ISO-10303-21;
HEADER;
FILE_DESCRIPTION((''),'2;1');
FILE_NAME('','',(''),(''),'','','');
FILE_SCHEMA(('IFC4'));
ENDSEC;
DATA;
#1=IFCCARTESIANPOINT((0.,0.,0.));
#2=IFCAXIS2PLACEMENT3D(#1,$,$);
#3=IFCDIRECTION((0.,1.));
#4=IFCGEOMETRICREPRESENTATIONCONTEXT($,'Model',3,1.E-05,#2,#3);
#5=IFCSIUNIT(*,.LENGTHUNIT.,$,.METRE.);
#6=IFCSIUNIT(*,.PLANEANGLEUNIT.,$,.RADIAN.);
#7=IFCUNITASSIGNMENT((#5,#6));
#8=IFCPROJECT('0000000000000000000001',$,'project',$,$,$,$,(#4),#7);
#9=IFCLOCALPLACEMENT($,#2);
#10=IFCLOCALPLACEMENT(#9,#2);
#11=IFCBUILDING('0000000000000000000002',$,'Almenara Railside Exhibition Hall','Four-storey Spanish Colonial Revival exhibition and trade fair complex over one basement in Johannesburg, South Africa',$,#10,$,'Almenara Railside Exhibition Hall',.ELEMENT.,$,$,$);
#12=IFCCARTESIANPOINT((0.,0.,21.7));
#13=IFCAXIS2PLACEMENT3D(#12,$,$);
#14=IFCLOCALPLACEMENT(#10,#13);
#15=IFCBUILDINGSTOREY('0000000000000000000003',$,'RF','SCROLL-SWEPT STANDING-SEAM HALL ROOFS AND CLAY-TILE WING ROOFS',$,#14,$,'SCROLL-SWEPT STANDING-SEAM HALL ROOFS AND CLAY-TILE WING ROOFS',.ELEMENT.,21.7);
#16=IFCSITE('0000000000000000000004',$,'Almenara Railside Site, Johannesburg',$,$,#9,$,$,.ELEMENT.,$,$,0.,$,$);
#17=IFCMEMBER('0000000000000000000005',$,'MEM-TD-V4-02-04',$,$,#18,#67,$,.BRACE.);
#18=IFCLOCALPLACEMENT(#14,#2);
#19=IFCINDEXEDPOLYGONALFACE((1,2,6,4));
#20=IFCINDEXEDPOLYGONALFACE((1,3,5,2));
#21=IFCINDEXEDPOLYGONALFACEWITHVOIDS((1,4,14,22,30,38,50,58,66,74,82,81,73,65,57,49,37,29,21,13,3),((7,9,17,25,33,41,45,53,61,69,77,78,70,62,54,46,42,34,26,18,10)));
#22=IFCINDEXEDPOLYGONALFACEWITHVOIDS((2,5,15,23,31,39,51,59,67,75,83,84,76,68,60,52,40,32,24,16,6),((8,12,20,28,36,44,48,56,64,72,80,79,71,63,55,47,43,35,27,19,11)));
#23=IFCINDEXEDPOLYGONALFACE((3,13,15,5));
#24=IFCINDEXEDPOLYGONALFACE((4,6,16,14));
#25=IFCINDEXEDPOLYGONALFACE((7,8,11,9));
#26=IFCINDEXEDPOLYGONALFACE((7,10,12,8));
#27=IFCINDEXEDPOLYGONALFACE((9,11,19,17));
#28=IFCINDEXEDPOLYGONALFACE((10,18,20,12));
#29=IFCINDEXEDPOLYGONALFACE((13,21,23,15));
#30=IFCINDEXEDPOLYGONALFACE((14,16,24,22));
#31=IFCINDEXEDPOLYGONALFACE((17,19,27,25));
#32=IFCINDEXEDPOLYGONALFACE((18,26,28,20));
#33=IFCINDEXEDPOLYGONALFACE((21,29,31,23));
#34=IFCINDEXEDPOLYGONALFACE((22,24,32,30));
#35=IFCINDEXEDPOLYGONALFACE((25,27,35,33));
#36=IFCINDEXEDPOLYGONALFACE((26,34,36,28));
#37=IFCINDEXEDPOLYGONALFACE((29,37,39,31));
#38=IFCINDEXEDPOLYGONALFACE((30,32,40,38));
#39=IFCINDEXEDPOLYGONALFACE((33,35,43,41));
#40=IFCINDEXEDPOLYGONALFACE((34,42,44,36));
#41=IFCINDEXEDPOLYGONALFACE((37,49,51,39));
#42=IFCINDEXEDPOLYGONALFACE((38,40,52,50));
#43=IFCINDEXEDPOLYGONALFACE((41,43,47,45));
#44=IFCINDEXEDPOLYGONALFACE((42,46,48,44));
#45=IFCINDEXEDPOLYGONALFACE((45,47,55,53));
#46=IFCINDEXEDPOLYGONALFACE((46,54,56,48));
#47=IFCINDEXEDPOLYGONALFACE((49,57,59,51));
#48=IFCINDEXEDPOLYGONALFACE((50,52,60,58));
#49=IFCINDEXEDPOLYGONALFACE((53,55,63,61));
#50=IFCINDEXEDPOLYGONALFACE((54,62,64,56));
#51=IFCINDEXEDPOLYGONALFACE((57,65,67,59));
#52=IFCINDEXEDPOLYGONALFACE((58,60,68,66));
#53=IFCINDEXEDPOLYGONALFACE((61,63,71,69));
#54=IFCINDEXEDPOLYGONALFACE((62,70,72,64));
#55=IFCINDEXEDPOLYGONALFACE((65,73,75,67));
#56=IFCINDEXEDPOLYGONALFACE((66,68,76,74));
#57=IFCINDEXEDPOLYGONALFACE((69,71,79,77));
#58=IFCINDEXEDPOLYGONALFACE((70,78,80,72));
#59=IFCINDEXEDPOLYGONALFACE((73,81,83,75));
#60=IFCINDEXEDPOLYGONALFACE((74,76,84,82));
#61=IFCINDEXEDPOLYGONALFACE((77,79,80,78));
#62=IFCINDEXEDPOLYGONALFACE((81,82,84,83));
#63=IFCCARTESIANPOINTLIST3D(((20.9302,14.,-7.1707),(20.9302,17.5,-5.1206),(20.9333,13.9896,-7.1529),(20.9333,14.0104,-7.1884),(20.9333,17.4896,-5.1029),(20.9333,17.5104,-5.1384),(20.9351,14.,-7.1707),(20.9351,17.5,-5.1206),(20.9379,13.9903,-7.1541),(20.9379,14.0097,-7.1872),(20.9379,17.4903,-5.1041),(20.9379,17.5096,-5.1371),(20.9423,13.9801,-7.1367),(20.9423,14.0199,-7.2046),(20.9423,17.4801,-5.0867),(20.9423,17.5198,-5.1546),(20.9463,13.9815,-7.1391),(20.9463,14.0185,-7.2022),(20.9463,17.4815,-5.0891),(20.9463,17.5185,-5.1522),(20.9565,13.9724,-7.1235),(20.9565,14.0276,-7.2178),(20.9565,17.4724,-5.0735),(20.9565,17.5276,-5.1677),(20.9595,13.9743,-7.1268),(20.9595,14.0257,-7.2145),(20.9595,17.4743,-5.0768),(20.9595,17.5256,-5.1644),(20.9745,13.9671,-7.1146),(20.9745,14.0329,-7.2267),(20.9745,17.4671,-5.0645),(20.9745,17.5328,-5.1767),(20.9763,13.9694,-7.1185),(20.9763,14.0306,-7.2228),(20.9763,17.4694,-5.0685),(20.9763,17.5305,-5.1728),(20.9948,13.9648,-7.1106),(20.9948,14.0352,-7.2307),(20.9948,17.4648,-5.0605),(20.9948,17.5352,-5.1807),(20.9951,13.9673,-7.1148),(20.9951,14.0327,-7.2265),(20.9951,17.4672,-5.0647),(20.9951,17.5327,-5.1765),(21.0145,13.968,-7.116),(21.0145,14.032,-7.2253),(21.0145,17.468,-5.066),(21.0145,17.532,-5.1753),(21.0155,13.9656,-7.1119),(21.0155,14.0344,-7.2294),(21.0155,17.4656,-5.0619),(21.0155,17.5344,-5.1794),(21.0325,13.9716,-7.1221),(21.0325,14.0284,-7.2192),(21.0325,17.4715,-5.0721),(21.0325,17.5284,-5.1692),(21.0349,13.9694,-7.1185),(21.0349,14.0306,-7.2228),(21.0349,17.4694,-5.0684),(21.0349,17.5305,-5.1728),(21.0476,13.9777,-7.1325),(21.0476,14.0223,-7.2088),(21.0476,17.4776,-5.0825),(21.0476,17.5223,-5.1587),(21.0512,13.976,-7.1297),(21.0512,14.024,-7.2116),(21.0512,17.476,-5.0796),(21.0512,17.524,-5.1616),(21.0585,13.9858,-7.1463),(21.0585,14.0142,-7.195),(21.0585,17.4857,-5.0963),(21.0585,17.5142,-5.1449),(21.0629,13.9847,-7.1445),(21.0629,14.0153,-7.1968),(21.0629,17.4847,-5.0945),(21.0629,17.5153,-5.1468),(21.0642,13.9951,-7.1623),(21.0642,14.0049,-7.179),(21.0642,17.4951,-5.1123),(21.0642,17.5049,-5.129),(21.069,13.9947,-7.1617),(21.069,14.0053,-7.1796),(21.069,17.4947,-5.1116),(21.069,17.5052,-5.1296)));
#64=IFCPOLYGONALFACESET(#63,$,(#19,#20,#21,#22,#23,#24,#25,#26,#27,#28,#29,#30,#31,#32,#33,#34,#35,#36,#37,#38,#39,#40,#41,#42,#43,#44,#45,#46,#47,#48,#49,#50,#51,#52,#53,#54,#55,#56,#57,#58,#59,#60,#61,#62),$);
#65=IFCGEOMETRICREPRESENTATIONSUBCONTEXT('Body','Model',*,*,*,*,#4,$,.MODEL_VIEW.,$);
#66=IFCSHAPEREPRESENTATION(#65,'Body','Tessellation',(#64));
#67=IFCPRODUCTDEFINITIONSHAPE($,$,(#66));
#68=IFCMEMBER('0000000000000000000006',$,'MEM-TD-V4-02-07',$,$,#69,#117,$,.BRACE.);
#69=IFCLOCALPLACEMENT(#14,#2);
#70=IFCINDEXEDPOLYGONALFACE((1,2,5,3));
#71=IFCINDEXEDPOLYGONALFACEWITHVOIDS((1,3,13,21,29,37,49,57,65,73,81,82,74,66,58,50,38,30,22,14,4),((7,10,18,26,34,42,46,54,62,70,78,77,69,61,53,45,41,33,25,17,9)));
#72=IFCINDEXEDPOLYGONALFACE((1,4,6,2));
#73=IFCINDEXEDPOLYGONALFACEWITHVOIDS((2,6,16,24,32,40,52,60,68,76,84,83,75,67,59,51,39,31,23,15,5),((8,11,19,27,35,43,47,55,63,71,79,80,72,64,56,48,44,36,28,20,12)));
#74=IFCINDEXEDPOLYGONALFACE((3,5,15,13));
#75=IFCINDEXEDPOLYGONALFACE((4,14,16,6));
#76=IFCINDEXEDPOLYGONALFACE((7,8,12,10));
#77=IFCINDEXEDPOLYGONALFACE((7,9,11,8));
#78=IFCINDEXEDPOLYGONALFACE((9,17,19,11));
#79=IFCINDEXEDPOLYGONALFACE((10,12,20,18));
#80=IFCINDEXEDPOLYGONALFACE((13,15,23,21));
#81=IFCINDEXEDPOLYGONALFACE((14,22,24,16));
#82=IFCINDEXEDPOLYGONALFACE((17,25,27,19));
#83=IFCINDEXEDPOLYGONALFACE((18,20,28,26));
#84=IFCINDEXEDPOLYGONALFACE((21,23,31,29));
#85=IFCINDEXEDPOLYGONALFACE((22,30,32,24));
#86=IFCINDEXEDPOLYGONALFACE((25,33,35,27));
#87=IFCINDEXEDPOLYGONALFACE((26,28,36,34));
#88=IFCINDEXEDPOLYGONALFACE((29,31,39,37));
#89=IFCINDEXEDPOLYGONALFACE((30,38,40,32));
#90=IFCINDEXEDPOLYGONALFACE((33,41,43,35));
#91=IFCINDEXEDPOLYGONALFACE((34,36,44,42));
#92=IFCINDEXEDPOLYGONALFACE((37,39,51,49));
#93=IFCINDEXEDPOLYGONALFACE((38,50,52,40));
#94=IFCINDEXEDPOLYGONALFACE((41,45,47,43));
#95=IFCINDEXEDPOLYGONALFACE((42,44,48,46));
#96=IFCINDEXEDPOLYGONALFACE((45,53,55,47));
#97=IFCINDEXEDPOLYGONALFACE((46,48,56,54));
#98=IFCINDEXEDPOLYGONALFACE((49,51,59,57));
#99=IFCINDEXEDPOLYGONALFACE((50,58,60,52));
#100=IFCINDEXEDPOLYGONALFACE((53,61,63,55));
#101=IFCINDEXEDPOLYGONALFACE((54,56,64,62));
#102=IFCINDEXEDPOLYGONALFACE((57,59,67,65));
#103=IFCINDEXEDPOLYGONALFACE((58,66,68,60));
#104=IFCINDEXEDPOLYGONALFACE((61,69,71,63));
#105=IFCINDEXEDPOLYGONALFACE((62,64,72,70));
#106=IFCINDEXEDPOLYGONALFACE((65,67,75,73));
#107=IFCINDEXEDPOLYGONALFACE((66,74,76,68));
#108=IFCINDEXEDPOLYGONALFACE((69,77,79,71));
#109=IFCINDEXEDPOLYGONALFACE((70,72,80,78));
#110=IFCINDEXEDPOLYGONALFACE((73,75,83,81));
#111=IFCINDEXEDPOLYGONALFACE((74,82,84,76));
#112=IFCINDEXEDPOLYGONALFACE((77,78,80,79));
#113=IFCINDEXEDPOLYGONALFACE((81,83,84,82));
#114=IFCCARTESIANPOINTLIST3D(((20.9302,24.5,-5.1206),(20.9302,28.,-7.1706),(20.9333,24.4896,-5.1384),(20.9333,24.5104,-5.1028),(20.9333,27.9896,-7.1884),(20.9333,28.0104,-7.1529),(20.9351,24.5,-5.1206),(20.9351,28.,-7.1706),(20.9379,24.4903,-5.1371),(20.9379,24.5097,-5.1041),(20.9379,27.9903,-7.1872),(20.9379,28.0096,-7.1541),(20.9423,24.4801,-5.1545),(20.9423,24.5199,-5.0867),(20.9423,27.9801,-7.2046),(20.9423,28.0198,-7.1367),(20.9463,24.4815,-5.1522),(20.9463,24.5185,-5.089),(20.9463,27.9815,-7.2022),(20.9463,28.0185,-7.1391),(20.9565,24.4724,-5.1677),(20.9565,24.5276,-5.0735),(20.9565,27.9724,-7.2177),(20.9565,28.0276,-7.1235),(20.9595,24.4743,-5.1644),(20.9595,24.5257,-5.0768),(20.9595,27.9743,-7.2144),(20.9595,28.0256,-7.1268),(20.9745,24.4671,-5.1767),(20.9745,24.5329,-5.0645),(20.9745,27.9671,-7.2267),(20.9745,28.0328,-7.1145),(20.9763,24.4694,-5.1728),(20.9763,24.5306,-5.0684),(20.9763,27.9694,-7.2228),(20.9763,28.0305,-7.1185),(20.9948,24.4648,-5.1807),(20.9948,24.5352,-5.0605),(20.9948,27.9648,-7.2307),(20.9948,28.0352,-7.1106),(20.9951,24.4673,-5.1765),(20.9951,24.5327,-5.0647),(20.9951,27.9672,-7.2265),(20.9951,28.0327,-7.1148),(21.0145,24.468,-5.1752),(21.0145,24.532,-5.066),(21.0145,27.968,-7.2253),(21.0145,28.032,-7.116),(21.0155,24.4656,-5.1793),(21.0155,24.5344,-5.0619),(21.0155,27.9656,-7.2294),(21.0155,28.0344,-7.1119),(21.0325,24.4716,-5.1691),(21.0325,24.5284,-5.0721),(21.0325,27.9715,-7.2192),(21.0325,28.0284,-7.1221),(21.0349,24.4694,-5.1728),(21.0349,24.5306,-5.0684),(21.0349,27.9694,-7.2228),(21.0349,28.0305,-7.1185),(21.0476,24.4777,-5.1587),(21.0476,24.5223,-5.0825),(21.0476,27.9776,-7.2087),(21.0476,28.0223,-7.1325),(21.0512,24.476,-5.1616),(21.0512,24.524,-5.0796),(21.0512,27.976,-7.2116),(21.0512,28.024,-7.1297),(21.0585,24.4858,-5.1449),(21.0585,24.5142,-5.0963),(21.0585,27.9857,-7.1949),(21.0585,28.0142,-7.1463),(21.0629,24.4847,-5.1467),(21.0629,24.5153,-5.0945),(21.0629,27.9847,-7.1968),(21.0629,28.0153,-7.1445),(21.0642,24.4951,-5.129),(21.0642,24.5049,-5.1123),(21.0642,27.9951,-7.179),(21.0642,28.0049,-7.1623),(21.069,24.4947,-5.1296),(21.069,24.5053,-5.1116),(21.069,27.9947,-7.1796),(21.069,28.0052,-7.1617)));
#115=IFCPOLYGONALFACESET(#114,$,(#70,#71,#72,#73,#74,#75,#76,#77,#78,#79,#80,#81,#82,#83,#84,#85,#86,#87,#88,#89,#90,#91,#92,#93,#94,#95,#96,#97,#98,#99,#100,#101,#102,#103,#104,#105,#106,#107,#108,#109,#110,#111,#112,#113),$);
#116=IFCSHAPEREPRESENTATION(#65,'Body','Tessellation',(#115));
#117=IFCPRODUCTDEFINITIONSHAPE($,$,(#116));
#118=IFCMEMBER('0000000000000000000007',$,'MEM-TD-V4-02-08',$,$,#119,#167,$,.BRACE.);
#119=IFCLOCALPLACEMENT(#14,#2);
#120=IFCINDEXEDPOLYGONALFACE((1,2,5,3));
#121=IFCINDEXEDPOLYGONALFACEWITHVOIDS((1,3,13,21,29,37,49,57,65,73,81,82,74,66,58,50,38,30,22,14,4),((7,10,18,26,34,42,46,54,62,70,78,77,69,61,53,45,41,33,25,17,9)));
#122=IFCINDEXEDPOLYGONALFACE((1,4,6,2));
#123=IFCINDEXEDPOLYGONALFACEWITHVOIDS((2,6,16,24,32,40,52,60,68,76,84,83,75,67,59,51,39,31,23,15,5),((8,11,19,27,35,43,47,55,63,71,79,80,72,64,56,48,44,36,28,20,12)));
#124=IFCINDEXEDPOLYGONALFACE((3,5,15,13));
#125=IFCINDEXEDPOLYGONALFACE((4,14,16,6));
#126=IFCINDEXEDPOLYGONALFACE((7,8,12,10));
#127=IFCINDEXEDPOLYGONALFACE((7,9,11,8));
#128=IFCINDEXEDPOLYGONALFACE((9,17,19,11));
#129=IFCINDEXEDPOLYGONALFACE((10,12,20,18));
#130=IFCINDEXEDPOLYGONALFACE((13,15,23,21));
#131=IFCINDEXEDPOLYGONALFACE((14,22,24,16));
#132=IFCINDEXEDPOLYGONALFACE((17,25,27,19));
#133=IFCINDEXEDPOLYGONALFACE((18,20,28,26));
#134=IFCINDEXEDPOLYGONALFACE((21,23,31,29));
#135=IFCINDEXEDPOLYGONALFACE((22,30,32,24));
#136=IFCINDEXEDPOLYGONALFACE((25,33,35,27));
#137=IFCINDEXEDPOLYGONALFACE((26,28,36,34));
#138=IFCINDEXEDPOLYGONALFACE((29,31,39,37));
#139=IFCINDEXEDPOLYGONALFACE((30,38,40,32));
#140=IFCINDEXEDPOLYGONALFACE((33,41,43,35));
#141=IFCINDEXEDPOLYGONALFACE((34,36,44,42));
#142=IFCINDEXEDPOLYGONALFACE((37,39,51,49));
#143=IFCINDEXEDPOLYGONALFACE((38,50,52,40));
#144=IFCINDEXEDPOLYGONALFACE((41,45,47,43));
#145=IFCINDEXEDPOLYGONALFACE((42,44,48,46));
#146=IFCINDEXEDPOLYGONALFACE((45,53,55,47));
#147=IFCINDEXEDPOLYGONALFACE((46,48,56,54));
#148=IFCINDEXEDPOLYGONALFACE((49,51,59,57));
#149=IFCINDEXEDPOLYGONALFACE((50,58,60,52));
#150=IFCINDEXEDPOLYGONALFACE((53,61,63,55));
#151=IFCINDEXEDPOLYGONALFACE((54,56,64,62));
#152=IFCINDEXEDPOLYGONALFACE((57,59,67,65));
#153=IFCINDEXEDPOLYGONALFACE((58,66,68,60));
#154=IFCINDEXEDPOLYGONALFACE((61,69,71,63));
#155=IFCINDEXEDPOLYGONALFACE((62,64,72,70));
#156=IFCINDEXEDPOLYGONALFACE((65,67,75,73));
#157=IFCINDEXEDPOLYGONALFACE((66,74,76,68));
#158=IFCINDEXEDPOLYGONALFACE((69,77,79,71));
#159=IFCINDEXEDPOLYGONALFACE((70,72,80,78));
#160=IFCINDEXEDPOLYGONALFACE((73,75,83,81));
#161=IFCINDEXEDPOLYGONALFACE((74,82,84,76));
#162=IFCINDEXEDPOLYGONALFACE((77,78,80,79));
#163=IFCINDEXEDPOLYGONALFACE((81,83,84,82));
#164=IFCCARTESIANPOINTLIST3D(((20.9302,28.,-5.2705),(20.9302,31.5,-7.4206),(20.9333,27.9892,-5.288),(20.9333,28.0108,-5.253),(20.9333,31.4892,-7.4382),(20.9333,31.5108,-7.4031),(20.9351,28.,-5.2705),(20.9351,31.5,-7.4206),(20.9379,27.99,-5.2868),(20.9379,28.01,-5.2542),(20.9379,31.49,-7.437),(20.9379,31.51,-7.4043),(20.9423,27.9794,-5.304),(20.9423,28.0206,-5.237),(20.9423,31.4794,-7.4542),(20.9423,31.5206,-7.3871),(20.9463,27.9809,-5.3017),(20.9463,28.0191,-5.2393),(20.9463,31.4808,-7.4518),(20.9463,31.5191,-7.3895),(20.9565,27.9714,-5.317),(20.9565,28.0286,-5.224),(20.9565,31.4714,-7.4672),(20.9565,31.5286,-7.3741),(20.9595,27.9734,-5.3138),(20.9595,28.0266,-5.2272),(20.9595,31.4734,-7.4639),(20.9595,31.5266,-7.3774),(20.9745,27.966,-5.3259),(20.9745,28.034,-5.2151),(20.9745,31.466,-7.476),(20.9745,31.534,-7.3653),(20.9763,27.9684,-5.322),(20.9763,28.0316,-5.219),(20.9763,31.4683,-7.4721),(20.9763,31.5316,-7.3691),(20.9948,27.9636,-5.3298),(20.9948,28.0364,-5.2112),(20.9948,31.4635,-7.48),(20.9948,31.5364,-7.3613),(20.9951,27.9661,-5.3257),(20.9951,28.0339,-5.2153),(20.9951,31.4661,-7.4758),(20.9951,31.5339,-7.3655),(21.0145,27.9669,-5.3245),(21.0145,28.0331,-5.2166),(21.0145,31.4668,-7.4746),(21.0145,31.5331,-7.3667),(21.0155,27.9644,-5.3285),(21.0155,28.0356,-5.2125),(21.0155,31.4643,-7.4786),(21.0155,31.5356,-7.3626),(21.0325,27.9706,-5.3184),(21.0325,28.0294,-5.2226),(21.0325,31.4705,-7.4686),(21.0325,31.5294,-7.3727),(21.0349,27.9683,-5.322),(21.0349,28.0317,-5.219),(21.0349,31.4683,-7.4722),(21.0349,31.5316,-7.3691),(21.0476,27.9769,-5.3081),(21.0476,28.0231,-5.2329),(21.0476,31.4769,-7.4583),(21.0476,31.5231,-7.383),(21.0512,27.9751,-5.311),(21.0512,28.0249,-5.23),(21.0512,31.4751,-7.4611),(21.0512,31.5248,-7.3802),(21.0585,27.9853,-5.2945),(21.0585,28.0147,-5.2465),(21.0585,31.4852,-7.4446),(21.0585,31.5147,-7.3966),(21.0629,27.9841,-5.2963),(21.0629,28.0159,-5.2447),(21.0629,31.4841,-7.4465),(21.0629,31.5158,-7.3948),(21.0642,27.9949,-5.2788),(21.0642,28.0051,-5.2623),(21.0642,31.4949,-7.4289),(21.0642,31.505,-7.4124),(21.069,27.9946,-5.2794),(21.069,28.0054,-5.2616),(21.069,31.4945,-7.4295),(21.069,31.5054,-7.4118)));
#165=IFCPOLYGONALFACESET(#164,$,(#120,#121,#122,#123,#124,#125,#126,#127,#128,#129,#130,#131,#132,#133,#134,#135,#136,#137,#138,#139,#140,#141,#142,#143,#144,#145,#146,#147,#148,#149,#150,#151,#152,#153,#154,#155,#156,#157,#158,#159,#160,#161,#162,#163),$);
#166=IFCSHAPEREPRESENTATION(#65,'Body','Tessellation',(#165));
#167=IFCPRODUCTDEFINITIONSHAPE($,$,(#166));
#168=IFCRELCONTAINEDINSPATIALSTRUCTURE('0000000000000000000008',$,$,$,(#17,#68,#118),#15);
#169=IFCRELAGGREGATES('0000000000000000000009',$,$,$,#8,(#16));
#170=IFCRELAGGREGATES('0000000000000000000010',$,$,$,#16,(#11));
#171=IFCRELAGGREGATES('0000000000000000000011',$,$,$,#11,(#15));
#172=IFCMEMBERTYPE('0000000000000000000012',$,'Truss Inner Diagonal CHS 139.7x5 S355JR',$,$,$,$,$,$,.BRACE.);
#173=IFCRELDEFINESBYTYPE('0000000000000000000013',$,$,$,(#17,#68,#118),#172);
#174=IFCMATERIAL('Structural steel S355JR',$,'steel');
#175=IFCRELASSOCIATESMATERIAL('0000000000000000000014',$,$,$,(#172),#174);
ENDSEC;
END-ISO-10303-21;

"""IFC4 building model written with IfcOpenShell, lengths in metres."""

from ifc_helpers import new_model, si_unit, direction, frame, origin, origin_2d, place, context, subcontext, project, spatial, hollow_circle, extrude, material, material_profile, profile_set, type_object, element, save


model = new_model("IFC4")

# Units and contexts
model_context = context("Model", 3, precision=1e-05, world=origin(), true_north=direction((0.0, 1.0)))
body_context = subcontext(model_context, "Body", "Model", "MODEL_VIEW")
ifc_project = project(units=[si_unit("LENGTHUNIT", "METRE"), si_unit("PLANEANGLEUNIT", "RADIAN")], contexts=[model_context])

# Site, building, storey
site_placement = place(None, origin())
site = spatial("IfcSite", under=ifc_project, at=site_placement, Name="Almenara Railside Site, Johannesburg", CompositionType="ELEMENT", RefElevation=0.0)
building_placement = place(site_placement, origin())
building = spatial("IfcBuilding", under=site, at=building_placement, Name="Almenara Railside Exhibition Hall", Description="Four-storey Spanish Colonial Revival exhibition and trade fair complex over one basement in Johannesburg, South Africa", LongName="Almenara Railside Exhibition Hall", CompositionType="ELEMENT")
storey_placement = place(building_placement, frame((0.0, 0.0, 21.7)))
storey = spatial("IfcBuildingStorey", under=building, at=storey_placement, Name="RF", Description="SCROLL-SWEPT STANDING-SEAM HALL ROOFS AND CLAY-TILE WING ROOFS", LongName="SCROLL-SWEPT STANDING-SEAM HALL ROOFS AND CLAY-TILE WING ROOFS", CompositionType="ELEMENT", Elevation=21.7)

# Members
ifc_material_1 = material(Name="Structural steel S355JR", Category="steel")
ifc_material_profile_1 = material_profile(ifc_material_1, hollow_circle(Radius=0.0698, WallThickness=0.0049, at=origin_2d()), Name="CHS 139.7x5")
ifc_profile_set_1 = profile_set([ifc_material_profile_1], Name="Structural steel S355JR")
member_type_1 = type_object("IfcMemberType", Name="Truss Inner Diagonal CHS 139.7x5 S355JR", PredefinedType="BRACE", material=ifc_profile_set_1)
for number, where, z_axis, x_axis, name in (
    (1, (21.0, 14.0, -7.1707), (0.0, 0.862878, 0.505412), (-1.0, 0.0, 0.0), "MEM-TD-V4-02-04"),
    (2, (21.0, 24.5, -5.1206), (0.0, 0.862878, -0.505412), (-1.0, 0.0, 0.0), "MEM-TD-V4-02-07"),
):
    element("IfcMember", number, at=place(storey_placement, frame(where, z_axis=z_axis, x_axis=x_axis)), inside=storey, type_object=member_type_1, Name=name, PredefinedType="BRACE", context=body_context, shape_type="SweptSolid", body=[
        extrude(hollow_circle(Radius=0.0698, WallThickness=0.0049, at=origin_2d()), origin(), (0.0, 0.0, 1.0), 4.0562),
    ])
member_1_placement = place(storey_placement, frame((21.0, 28.0, -5.2705), z_axis=(0.0, 0.85206, -0.523444), x_axis=(-1.0, 0.0, 0.0)))
element("IfcMember", 3, at=member_1_placement, inside=storey, type_object=member_type_1, Name="MEM-TD-V4-02-08", PredefinedType="BRACE", context=body_context, shape_type="SweptSolid", body=[
    extrude(hollow_circle(Radius=0.0698, WallThickness=0.0049, at=origin_2d()), origin(), (0.0, 0.0, 1.0), 4.1077),
])

save(model, "model.ifc")
